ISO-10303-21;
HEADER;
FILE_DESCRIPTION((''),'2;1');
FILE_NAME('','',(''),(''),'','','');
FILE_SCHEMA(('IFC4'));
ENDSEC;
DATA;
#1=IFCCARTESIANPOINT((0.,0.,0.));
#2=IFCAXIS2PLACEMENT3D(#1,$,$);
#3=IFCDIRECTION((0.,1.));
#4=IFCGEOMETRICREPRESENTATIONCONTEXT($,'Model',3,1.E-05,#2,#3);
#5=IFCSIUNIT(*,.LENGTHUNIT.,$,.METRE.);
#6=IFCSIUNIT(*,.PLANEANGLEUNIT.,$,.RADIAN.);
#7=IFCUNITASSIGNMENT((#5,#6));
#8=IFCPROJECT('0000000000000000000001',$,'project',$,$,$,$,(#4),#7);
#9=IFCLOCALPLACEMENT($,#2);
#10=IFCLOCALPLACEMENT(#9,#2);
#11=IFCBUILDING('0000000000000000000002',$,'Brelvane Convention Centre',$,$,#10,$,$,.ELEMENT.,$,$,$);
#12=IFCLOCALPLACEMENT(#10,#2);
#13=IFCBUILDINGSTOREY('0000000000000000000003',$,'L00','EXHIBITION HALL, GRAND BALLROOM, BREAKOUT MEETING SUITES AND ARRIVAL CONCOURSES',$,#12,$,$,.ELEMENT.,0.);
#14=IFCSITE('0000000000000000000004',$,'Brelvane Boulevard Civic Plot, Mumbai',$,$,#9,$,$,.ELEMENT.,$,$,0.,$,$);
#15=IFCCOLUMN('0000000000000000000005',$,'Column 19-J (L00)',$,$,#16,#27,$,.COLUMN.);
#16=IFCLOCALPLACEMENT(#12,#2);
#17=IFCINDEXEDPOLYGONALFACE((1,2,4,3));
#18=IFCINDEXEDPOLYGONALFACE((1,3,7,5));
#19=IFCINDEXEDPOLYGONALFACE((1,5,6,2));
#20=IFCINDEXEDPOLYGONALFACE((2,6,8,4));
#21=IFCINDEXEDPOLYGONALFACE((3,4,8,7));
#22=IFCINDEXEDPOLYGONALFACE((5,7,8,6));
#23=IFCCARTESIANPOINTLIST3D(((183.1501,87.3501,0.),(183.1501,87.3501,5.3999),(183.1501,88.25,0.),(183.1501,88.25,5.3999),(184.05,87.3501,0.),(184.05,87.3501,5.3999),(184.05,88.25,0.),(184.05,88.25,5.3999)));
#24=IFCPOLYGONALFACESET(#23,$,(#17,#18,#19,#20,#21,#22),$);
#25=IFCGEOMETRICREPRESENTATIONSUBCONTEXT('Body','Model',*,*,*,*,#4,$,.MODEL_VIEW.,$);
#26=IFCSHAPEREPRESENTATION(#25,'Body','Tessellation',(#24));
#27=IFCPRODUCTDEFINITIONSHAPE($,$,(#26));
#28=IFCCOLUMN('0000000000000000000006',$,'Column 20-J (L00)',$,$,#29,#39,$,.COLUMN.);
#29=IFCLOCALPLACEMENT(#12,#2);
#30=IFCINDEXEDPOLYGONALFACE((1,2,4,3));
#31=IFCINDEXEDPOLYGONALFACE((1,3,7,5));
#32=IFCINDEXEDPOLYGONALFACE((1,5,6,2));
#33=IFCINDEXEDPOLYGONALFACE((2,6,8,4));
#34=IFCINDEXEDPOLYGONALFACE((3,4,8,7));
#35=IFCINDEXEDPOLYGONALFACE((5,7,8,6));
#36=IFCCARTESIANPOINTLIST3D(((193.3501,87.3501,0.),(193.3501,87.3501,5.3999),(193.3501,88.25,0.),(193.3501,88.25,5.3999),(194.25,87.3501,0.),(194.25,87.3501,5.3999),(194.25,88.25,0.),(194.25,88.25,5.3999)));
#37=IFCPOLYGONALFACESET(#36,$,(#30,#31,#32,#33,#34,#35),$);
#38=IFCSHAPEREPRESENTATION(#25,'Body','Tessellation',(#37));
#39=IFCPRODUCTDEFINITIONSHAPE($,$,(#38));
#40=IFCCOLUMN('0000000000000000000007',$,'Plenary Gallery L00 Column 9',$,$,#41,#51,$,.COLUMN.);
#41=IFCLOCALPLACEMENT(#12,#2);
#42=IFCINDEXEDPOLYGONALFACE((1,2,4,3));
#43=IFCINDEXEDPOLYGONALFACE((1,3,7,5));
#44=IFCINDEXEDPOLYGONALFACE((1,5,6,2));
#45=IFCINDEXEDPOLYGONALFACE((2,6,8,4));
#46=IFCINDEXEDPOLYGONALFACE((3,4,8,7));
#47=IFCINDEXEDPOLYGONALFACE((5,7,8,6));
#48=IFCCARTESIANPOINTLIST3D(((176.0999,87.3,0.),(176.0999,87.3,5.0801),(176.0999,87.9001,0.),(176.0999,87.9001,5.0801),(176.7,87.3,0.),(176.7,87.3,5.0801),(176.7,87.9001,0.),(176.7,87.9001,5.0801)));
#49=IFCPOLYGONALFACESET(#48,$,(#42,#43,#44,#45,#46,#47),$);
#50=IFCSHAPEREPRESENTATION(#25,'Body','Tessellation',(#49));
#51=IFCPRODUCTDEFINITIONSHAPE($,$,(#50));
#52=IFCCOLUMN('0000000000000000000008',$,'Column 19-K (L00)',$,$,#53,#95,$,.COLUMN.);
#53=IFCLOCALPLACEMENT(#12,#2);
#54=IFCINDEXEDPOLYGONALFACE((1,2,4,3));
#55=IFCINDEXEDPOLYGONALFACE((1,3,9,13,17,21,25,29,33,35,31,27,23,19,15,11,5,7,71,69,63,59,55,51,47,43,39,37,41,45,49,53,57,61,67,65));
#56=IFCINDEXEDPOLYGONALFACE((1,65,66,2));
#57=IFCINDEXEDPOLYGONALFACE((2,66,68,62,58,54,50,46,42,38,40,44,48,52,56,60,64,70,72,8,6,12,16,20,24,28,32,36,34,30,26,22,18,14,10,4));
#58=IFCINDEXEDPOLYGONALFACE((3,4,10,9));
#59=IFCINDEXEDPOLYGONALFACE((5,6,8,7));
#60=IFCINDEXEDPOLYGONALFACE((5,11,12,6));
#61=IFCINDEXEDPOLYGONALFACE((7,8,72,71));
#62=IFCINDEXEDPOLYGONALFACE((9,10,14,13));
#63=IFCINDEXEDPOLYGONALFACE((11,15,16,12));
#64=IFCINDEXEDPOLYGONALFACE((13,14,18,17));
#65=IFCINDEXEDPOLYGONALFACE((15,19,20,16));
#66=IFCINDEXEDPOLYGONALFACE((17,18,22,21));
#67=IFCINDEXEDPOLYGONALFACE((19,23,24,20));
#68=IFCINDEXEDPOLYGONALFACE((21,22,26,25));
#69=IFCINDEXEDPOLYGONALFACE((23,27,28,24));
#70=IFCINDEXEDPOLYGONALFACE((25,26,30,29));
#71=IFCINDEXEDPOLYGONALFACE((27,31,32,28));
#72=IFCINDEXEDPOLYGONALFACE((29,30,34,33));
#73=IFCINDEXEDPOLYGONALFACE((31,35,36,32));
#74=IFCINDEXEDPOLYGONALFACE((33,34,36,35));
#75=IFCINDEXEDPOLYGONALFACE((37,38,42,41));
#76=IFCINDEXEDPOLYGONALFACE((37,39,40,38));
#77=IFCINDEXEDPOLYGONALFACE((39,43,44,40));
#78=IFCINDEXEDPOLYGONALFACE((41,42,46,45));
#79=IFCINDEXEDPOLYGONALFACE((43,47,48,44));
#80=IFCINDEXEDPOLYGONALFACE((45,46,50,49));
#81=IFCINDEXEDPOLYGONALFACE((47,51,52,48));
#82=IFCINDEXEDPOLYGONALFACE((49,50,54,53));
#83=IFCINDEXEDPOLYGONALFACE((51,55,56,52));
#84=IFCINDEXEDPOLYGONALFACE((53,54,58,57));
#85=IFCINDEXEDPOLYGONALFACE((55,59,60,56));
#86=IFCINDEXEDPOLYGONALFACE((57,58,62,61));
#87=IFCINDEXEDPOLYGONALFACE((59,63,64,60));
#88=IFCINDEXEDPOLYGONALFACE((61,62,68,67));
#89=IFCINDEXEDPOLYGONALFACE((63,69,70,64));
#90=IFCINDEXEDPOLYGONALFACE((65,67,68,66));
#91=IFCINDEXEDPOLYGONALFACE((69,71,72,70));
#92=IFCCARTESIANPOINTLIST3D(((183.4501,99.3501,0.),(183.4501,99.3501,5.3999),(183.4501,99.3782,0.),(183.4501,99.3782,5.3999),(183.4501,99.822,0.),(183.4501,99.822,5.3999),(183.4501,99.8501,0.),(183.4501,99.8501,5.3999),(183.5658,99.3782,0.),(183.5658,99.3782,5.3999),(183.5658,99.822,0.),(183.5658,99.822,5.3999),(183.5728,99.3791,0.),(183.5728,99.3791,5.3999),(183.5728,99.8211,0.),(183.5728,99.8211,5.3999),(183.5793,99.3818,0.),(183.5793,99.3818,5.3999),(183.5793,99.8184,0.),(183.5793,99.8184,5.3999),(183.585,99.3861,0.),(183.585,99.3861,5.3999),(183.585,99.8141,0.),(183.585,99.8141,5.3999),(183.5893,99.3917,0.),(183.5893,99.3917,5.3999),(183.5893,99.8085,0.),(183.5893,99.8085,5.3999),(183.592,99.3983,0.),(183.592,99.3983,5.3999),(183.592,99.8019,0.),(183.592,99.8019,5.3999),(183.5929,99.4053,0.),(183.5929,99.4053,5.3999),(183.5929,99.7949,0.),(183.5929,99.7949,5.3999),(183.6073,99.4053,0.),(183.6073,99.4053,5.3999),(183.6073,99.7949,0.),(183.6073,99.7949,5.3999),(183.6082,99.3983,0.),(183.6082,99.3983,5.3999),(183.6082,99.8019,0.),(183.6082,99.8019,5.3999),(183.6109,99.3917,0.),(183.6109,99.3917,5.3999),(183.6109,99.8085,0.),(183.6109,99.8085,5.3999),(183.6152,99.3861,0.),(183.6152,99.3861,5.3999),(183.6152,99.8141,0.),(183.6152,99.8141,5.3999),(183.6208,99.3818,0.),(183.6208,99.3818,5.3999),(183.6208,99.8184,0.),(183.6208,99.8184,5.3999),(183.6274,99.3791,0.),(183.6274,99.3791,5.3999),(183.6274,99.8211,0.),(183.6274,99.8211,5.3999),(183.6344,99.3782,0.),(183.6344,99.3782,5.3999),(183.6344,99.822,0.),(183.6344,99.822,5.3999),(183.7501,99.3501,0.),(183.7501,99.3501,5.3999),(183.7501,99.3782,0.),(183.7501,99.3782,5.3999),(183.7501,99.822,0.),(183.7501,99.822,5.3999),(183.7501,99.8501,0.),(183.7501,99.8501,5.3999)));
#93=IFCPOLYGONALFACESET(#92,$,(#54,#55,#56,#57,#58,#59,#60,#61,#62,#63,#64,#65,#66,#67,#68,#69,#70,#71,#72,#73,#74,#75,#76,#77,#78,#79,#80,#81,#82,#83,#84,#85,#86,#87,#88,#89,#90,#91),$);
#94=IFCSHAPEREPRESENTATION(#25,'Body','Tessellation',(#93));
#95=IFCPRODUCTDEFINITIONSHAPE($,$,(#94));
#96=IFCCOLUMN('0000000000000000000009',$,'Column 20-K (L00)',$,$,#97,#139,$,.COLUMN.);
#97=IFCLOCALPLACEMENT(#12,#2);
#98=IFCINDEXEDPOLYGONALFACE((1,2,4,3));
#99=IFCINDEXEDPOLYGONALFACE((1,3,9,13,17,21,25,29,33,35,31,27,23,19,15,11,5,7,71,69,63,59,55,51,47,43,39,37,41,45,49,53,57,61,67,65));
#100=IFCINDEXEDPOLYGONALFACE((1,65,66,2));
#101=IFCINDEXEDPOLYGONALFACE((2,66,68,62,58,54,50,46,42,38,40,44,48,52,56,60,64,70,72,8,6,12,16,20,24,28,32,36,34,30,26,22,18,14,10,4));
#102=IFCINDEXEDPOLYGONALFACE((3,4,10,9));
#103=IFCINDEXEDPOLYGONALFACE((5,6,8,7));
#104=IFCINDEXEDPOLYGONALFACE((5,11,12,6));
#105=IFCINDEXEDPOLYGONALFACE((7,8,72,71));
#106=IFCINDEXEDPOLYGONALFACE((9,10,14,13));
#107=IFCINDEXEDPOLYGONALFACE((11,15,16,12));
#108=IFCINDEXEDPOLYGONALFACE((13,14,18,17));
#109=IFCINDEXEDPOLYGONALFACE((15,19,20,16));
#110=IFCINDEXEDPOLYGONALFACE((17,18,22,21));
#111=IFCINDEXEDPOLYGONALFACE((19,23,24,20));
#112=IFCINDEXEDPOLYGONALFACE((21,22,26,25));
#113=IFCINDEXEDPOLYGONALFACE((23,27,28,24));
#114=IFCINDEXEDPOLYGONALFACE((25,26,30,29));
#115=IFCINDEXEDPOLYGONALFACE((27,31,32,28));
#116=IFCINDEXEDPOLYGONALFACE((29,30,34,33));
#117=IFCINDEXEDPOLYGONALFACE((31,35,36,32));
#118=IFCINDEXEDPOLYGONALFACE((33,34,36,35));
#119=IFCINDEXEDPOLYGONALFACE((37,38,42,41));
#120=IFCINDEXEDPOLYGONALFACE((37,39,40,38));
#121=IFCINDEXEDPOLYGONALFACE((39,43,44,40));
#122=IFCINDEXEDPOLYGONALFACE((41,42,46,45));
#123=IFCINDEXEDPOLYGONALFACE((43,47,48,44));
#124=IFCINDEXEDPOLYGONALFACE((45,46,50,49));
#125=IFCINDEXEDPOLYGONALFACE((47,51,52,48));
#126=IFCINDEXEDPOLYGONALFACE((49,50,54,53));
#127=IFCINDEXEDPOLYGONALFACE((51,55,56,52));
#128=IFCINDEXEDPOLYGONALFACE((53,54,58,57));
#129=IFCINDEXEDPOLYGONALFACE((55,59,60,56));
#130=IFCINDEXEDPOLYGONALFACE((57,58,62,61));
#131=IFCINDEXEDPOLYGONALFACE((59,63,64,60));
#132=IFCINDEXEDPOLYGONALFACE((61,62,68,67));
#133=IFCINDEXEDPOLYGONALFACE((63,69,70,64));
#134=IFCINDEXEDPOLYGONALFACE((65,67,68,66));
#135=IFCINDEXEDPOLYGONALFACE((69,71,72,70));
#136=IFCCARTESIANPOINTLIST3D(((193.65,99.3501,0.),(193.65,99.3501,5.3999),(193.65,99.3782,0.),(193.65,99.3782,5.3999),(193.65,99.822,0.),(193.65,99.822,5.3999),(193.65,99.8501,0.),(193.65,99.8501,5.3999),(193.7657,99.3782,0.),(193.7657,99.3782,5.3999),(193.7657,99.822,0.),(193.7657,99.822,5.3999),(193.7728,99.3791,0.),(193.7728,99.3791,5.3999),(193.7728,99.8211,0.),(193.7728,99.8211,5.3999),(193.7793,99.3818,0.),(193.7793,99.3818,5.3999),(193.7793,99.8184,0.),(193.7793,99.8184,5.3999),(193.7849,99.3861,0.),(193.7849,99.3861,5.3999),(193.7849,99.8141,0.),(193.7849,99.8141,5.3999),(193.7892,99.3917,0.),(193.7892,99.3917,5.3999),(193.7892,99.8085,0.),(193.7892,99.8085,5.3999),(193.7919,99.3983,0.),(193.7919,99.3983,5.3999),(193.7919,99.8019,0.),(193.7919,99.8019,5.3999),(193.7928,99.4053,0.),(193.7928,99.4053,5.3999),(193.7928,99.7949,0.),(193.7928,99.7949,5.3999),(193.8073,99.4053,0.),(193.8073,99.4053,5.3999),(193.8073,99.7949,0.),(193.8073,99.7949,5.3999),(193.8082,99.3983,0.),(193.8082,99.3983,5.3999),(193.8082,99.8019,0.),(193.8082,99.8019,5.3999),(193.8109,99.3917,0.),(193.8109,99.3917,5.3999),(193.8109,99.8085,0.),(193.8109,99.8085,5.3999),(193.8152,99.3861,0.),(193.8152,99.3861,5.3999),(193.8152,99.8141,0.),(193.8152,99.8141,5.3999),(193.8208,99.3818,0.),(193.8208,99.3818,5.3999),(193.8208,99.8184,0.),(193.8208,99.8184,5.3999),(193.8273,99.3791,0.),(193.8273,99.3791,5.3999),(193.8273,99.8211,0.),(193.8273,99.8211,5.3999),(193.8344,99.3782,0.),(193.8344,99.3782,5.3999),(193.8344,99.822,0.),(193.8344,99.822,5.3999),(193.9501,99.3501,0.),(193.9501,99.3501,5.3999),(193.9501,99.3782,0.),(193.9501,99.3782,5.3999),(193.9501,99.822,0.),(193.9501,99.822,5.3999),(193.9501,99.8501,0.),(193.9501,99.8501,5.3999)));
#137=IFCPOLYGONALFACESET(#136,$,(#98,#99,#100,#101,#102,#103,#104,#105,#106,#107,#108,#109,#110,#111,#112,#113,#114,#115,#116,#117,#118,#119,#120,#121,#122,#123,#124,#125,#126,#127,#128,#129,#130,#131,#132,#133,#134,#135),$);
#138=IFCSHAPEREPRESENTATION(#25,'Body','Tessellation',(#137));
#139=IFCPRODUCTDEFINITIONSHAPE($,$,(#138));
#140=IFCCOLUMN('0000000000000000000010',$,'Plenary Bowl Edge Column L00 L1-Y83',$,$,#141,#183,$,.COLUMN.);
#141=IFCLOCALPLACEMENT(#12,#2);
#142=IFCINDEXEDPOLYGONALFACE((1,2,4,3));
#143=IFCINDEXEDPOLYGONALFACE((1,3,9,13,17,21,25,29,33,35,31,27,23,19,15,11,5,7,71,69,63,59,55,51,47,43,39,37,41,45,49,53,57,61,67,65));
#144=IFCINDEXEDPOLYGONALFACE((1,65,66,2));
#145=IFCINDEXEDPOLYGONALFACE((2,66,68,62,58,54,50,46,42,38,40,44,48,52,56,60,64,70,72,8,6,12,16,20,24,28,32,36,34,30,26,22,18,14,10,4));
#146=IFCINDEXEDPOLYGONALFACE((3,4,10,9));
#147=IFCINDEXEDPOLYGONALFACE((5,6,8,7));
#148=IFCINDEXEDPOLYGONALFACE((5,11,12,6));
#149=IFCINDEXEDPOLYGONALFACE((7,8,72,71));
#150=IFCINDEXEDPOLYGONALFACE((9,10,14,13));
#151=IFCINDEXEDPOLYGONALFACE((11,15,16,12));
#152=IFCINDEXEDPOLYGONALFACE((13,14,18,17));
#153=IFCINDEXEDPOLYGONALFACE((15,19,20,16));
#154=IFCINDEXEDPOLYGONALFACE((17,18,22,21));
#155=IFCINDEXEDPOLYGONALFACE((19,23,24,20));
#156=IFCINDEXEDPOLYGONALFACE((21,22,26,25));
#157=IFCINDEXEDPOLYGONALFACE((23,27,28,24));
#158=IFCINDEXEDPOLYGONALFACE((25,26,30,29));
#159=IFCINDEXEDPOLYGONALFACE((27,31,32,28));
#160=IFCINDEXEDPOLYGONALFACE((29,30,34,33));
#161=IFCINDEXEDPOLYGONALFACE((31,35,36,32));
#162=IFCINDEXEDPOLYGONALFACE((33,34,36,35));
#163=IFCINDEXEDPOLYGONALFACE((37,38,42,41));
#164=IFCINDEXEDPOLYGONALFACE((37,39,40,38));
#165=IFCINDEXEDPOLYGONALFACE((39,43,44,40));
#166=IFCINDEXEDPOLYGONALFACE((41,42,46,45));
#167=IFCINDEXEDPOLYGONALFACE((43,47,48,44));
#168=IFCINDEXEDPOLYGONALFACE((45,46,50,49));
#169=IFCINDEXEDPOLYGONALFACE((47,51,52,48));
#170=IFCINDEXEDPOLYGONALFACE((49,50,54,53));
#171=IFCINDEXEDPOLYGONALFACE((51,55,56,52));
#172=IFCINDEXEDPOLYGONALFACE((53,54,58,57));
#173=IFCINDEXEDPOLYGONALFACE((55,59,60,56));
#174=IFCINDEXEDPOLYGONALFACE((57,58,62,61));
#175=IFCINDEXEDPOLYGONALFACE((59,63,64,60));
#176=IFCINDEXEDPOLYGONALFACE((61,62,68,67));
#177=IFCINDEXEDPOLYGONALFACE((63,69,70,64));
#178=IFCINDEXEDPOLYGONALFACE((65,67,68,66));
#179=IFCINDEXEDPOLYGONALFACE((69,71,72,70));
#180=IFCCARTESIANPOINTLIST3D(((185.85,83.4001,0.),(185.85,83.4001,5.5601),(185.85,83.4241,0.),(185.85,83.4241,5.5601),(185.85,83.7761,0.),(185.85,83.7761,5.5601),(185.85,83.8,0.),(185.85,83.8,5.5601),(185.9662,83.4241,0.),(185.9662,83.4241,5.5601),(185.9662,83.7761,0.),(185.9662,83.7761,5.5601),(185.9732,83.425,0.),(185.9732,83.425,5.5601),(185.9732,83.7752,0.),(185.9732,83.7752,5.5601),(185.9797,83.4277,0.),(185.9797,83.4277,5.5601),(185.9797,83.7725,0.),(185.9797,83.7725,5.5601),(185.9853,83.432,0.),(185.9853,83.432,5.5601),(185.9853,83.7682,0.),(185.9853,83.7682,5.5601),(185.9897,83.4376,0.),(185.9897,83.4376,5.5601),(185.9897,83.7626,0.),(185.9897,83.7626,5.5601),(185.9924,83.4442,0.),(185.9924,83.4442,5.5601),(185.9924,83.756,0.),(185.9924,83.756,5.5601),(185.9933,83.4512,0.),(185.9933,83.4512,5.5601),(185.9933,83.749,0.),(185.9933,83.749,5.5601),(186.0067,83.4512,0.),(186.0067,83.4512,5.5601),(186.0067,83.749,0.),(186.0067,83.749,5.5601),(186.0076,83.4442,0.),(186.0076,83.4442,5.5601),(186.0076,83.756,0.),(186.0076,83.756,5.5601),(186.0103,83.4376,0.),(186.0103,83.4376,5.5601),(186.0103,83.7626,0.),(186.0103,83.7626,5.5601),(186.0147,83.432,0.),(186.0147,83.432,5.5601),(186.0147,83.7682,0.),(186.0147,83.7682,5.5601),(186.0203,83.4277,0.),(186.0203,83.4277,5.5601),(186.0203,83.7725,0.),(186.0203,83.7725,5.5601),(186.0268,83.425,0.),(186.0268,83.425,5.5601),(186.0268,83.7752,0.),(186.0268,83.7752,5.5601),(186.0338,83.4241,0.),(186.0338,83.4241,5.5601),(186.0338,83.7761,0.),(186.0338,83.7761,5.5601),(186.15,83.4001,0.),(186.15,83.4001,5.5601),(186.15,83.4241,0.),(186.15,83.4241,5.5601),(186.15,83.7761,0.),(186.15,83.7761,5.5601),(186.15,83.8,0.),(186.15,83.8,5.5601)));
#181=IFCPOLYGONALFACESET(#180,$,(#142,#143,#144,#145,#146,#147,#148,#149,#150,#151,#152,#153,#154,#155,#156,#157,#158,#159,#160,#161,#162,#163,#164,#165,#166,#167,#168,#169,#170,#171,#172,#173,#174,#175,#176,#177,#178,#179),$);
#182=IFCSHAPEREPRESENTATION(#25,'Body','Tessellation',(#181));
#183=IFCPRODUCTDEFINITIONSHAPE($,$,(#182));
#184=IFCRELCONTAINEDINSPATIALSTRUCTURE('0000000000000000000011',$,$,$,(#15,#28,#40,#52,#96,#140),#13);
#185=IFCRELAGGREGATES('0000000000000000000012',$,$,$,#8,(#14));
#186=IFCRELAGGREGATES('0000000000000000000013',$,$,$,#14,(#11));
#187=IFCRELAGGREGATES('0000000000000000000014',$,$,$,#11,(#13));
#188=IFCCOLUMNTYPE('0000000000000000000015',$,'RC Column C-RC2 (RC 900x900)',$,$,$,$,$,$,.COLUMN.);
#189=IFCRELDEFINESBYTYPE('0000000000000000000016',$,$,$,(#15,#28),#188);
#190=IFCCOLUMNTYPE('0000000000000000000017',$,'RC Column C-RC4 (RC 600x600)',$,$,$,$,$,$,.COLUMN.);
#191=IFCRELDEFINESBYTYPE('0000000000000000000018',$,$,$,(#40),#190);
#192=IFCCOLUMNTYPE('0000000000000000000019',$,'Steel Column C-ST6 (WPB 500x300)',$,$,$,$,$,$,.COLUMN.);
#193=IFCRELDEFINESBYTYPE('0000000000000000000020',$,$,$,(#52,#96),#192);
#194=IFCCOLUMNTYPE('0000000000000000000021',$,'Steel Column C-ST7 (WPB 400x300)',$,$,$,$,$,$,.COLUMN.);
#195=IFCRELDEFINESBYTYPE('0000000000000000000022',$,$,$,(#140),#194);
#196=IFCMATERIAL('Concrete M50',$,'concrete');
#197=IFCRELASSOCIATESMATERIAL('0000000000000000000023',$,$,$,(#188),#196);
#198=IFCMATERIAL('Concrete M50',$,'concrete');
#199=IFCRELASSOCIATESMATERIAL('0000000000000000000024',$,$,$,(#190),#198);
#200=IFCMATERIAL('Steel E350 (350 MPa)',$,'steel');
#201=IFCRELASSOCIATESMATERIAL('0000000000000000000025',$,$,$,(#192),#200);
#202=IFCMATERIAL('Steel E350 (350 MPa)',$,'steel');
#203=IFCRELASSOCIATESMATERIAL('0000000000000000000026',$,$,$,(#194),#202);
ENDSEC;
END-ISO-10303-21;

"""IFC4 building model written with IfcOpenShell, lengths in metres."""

from ifc_helpers import new_model, si_unit, direction, frame, origin, origin_2d, place, context, subcontext, project, spatial, rectangle, i_section, extrude, material, material_profile, profile_set, type_object, element, save


model = new_model("IFC4")

# Units and contexts
model_context = context("Model", 3, precision=1e-05, world=origin(), true_north=direction((0.0, 1.0)))
body_context = subcontext(model_context, "Body", "Model", "MODEL_VIEW")
ifc_project = project(units=[si_unit("LENGTHUNIT", "METRE"), si_unit("PLANEANGLEUNIT", "RADIAN")], contexts=[model_context])

# Site, building, storey
site_placement = place(None, origin())
site = spatial("IfcSite", under=ifc_project, at=site_placement, Name="Brelvane Boulevard Civic Plot, Mumbai", CompositionType="ELEMENT", RefElevation=0.0)
building_placement = place(site_placement, origin())
building = spatial("IfcBuilding", under=site, at=building_placement, Name="Brelvane Convention Centre", CompositionType="ELEMENT")
storey_placement = place(building_placement, origin())
storey = spatial("IfcBuildingStorey", under=building, at=storey_placement, Name="L00", Description="EXHIBITION HALL, GRAND BALLROOM, BREAKOUT MEETING SUITES AND ARRIVAL CONCOURSES", CompositionType="ELEMENT", Elevation=0.0)

# Columns
ifc_material_1 = material(Name="Concrete M50", Category="concrete")
ifc_material_profile_1 = material_profile(ifc_material_1, rectangle(XDim=0.8999, YDim=0.8999, at=origin_2d()), Name="RC 900x900")
ifc_profile_set_1 = profile_set([ifc_material_profile_1], Name="Concrete M50")
column_type_1 = type_object("IfcColumnType", Name="RC Column C-RC2 (RC 900x900)", PredefinedType="COLUMN", material=ifc_profile_set_1)
for number, where, z_axis, x_axis, name in (
    (1, (183.6001, 87.8, 0.0), (0.0, 0.0, 1.0), (1.0, 0.0, 0.0), "Column 19-J (L00)"),
    (2, (193.8, 87.8, 0.0), (0.0, 0.0, 1.0), (1.0, 0.0, 0.0), "Column 20-J (L00)"),
):
    element("IfcColumn", number, at=place(storey_placement, frame(where, z_axis=z_axis, x_axis=x_axis)), inside=storey, type_object=column_type_1, Name=name, PredefinedType="COLUMN", context=body_context, shape_type="SweptSolid", body=[
        extrude(rectangle(XDim=0.8999, YDim=0.8999, at=origin_2d()), origin(), (0.0, 0.0, 1.0), 5.3999),
    ])
ifc_material_2 = material(Name="Concrete M50", Category="concrete")
ifc_material_profile_2 = material_profile(ifc_material_2, rectangle(XDim=0.6001, YDim=0.6001, at=origin_2d()), Name="RC 600x600")
ifc_profile_set_2 = profile_set([ifc_material_profile_2], Name="Concrete M50")
column_type_2 = type_object("IfcColumnType", Name="RC Column C-RC4 (RC 600x600)", PredefinedType="COLUMN", material=ifc_profile_set_2)
column_1_placement = place(storey_placement, frame((176.3999, 87.6001, 0.0), z_axis=(0.0, 0.0, 1.0), x_axis=(1.0, 0.0, 0.0)))
element("IfcColumn", 3, at=column_1_placement, inside=storey, type_object=column_type_2, Name="Plenary Gallery L00 Column 9", PredefinedType="COLUMN", context=body_context, shape_type="SweptSolid", body=[
    extrude(rectangle(XDim=0.6001, YDim=0.6001, at=origin_2d()), origin(), (0.0, 0.0, 1.0), 5.0801),
])
ifc_material_3 = material(Name="Steel E350 (350 MPa)", Category="steel")
ifc_material_profile_3 = material_profile(ifc_material_3, i_section(OverallWidth=0.3, OverallDepth=0.5, WebThickness=0.0144, FlangeThickness=0.0281, FilletRadius=0.0271, at=origin_2d()), Name="WPB 500x300")
ifc_profile_set_3 = profile_set([ifc_material_profile_3], Name="Steel E350 (350 MPa)")
column_type_3 = type_object("IfcColumnType", Name="Steel Column C-ST6 (WPB 500x300)", PredefinedType="COLUMN", material=ifc_profile_set_3)
for number, where, z_axis, x_axis, name in (
    (4, (183.6001, 99.6001, 0.0), (0.0, 0.0, 1.0), (1.0, 0.0, 0.0), "Column 19-K (L00)"),
    (5, (193.8, 99.6001, 0.0), (0.0, 0.0, 1.0), (1.0, 0.0, 0.0), "Column 20-K (L00)"),
):
    element("IfcColumn", number, at=place(storey_placement, frame(where, z_axis=z_axis, x_axis=x_axis)), inside=storey, type_object=column_type_3, Name=name, PredefinedType="COLUMN", context=body_context, shape_type="SweptSolid", body=[
        extrude(i_section(OverallWidth=0.3, OverallDepth=0.5, WebThickness=0.0144, FlangeThickness=0.0281, FilletRadius=0.0271, at=origin_2d()), origin(), (0.0, 0.0, 1.0), 5.3999),
    ])
ifc_material_4 = material(Name="Steel E350 (350 MPa)", Category="steel")
ifc_material_profile_4 = material_profile(ifc_material_4, i_section(OverallWidth=0.3, OverallDepth=0.3999, WebThickness=0.0134, FlangeThickness=0.0239, FilletRadius=0.0271, at=origin_2d()), Name="WPB 400x300")
ifc_profile_set_4 = profile_set([ifc_material_profile_4], Name="Steel E350 (350 MPa)")
column_type_4 = type_object("IfcColumnType", Name="Steel Column C-ST7 (WPB 400x300)", PredefinedType="COLUMN", material=ifc_profile_set_4)
column_2_placement = place(storey_placement, frame((186.0, 83.6001, 0.0), z_axis=(0.0, 0.0, 1.0), x_axis=(1.0, 0.0, 0.0)))
element("IfcColumn", 6, at=column_2_placement, inside=storey, type_object=column_type_4, Name="Plenary Bowl Edge Column L00 L1-Y83", PredefinedType="COLUMN", context=body_context, shape_type="SweptSolid", body=[
    extrude(i_section(OverallWidth=0.3, OverallDepth=0.3999, WebThickness=0.0134, FlangeThickness=0.0239, FilletRadius=0.0271, at=origin_2d()), origin(), (0.0, 0.0, 1.0), 5.5601),
])

save(model, "model.ifc")
